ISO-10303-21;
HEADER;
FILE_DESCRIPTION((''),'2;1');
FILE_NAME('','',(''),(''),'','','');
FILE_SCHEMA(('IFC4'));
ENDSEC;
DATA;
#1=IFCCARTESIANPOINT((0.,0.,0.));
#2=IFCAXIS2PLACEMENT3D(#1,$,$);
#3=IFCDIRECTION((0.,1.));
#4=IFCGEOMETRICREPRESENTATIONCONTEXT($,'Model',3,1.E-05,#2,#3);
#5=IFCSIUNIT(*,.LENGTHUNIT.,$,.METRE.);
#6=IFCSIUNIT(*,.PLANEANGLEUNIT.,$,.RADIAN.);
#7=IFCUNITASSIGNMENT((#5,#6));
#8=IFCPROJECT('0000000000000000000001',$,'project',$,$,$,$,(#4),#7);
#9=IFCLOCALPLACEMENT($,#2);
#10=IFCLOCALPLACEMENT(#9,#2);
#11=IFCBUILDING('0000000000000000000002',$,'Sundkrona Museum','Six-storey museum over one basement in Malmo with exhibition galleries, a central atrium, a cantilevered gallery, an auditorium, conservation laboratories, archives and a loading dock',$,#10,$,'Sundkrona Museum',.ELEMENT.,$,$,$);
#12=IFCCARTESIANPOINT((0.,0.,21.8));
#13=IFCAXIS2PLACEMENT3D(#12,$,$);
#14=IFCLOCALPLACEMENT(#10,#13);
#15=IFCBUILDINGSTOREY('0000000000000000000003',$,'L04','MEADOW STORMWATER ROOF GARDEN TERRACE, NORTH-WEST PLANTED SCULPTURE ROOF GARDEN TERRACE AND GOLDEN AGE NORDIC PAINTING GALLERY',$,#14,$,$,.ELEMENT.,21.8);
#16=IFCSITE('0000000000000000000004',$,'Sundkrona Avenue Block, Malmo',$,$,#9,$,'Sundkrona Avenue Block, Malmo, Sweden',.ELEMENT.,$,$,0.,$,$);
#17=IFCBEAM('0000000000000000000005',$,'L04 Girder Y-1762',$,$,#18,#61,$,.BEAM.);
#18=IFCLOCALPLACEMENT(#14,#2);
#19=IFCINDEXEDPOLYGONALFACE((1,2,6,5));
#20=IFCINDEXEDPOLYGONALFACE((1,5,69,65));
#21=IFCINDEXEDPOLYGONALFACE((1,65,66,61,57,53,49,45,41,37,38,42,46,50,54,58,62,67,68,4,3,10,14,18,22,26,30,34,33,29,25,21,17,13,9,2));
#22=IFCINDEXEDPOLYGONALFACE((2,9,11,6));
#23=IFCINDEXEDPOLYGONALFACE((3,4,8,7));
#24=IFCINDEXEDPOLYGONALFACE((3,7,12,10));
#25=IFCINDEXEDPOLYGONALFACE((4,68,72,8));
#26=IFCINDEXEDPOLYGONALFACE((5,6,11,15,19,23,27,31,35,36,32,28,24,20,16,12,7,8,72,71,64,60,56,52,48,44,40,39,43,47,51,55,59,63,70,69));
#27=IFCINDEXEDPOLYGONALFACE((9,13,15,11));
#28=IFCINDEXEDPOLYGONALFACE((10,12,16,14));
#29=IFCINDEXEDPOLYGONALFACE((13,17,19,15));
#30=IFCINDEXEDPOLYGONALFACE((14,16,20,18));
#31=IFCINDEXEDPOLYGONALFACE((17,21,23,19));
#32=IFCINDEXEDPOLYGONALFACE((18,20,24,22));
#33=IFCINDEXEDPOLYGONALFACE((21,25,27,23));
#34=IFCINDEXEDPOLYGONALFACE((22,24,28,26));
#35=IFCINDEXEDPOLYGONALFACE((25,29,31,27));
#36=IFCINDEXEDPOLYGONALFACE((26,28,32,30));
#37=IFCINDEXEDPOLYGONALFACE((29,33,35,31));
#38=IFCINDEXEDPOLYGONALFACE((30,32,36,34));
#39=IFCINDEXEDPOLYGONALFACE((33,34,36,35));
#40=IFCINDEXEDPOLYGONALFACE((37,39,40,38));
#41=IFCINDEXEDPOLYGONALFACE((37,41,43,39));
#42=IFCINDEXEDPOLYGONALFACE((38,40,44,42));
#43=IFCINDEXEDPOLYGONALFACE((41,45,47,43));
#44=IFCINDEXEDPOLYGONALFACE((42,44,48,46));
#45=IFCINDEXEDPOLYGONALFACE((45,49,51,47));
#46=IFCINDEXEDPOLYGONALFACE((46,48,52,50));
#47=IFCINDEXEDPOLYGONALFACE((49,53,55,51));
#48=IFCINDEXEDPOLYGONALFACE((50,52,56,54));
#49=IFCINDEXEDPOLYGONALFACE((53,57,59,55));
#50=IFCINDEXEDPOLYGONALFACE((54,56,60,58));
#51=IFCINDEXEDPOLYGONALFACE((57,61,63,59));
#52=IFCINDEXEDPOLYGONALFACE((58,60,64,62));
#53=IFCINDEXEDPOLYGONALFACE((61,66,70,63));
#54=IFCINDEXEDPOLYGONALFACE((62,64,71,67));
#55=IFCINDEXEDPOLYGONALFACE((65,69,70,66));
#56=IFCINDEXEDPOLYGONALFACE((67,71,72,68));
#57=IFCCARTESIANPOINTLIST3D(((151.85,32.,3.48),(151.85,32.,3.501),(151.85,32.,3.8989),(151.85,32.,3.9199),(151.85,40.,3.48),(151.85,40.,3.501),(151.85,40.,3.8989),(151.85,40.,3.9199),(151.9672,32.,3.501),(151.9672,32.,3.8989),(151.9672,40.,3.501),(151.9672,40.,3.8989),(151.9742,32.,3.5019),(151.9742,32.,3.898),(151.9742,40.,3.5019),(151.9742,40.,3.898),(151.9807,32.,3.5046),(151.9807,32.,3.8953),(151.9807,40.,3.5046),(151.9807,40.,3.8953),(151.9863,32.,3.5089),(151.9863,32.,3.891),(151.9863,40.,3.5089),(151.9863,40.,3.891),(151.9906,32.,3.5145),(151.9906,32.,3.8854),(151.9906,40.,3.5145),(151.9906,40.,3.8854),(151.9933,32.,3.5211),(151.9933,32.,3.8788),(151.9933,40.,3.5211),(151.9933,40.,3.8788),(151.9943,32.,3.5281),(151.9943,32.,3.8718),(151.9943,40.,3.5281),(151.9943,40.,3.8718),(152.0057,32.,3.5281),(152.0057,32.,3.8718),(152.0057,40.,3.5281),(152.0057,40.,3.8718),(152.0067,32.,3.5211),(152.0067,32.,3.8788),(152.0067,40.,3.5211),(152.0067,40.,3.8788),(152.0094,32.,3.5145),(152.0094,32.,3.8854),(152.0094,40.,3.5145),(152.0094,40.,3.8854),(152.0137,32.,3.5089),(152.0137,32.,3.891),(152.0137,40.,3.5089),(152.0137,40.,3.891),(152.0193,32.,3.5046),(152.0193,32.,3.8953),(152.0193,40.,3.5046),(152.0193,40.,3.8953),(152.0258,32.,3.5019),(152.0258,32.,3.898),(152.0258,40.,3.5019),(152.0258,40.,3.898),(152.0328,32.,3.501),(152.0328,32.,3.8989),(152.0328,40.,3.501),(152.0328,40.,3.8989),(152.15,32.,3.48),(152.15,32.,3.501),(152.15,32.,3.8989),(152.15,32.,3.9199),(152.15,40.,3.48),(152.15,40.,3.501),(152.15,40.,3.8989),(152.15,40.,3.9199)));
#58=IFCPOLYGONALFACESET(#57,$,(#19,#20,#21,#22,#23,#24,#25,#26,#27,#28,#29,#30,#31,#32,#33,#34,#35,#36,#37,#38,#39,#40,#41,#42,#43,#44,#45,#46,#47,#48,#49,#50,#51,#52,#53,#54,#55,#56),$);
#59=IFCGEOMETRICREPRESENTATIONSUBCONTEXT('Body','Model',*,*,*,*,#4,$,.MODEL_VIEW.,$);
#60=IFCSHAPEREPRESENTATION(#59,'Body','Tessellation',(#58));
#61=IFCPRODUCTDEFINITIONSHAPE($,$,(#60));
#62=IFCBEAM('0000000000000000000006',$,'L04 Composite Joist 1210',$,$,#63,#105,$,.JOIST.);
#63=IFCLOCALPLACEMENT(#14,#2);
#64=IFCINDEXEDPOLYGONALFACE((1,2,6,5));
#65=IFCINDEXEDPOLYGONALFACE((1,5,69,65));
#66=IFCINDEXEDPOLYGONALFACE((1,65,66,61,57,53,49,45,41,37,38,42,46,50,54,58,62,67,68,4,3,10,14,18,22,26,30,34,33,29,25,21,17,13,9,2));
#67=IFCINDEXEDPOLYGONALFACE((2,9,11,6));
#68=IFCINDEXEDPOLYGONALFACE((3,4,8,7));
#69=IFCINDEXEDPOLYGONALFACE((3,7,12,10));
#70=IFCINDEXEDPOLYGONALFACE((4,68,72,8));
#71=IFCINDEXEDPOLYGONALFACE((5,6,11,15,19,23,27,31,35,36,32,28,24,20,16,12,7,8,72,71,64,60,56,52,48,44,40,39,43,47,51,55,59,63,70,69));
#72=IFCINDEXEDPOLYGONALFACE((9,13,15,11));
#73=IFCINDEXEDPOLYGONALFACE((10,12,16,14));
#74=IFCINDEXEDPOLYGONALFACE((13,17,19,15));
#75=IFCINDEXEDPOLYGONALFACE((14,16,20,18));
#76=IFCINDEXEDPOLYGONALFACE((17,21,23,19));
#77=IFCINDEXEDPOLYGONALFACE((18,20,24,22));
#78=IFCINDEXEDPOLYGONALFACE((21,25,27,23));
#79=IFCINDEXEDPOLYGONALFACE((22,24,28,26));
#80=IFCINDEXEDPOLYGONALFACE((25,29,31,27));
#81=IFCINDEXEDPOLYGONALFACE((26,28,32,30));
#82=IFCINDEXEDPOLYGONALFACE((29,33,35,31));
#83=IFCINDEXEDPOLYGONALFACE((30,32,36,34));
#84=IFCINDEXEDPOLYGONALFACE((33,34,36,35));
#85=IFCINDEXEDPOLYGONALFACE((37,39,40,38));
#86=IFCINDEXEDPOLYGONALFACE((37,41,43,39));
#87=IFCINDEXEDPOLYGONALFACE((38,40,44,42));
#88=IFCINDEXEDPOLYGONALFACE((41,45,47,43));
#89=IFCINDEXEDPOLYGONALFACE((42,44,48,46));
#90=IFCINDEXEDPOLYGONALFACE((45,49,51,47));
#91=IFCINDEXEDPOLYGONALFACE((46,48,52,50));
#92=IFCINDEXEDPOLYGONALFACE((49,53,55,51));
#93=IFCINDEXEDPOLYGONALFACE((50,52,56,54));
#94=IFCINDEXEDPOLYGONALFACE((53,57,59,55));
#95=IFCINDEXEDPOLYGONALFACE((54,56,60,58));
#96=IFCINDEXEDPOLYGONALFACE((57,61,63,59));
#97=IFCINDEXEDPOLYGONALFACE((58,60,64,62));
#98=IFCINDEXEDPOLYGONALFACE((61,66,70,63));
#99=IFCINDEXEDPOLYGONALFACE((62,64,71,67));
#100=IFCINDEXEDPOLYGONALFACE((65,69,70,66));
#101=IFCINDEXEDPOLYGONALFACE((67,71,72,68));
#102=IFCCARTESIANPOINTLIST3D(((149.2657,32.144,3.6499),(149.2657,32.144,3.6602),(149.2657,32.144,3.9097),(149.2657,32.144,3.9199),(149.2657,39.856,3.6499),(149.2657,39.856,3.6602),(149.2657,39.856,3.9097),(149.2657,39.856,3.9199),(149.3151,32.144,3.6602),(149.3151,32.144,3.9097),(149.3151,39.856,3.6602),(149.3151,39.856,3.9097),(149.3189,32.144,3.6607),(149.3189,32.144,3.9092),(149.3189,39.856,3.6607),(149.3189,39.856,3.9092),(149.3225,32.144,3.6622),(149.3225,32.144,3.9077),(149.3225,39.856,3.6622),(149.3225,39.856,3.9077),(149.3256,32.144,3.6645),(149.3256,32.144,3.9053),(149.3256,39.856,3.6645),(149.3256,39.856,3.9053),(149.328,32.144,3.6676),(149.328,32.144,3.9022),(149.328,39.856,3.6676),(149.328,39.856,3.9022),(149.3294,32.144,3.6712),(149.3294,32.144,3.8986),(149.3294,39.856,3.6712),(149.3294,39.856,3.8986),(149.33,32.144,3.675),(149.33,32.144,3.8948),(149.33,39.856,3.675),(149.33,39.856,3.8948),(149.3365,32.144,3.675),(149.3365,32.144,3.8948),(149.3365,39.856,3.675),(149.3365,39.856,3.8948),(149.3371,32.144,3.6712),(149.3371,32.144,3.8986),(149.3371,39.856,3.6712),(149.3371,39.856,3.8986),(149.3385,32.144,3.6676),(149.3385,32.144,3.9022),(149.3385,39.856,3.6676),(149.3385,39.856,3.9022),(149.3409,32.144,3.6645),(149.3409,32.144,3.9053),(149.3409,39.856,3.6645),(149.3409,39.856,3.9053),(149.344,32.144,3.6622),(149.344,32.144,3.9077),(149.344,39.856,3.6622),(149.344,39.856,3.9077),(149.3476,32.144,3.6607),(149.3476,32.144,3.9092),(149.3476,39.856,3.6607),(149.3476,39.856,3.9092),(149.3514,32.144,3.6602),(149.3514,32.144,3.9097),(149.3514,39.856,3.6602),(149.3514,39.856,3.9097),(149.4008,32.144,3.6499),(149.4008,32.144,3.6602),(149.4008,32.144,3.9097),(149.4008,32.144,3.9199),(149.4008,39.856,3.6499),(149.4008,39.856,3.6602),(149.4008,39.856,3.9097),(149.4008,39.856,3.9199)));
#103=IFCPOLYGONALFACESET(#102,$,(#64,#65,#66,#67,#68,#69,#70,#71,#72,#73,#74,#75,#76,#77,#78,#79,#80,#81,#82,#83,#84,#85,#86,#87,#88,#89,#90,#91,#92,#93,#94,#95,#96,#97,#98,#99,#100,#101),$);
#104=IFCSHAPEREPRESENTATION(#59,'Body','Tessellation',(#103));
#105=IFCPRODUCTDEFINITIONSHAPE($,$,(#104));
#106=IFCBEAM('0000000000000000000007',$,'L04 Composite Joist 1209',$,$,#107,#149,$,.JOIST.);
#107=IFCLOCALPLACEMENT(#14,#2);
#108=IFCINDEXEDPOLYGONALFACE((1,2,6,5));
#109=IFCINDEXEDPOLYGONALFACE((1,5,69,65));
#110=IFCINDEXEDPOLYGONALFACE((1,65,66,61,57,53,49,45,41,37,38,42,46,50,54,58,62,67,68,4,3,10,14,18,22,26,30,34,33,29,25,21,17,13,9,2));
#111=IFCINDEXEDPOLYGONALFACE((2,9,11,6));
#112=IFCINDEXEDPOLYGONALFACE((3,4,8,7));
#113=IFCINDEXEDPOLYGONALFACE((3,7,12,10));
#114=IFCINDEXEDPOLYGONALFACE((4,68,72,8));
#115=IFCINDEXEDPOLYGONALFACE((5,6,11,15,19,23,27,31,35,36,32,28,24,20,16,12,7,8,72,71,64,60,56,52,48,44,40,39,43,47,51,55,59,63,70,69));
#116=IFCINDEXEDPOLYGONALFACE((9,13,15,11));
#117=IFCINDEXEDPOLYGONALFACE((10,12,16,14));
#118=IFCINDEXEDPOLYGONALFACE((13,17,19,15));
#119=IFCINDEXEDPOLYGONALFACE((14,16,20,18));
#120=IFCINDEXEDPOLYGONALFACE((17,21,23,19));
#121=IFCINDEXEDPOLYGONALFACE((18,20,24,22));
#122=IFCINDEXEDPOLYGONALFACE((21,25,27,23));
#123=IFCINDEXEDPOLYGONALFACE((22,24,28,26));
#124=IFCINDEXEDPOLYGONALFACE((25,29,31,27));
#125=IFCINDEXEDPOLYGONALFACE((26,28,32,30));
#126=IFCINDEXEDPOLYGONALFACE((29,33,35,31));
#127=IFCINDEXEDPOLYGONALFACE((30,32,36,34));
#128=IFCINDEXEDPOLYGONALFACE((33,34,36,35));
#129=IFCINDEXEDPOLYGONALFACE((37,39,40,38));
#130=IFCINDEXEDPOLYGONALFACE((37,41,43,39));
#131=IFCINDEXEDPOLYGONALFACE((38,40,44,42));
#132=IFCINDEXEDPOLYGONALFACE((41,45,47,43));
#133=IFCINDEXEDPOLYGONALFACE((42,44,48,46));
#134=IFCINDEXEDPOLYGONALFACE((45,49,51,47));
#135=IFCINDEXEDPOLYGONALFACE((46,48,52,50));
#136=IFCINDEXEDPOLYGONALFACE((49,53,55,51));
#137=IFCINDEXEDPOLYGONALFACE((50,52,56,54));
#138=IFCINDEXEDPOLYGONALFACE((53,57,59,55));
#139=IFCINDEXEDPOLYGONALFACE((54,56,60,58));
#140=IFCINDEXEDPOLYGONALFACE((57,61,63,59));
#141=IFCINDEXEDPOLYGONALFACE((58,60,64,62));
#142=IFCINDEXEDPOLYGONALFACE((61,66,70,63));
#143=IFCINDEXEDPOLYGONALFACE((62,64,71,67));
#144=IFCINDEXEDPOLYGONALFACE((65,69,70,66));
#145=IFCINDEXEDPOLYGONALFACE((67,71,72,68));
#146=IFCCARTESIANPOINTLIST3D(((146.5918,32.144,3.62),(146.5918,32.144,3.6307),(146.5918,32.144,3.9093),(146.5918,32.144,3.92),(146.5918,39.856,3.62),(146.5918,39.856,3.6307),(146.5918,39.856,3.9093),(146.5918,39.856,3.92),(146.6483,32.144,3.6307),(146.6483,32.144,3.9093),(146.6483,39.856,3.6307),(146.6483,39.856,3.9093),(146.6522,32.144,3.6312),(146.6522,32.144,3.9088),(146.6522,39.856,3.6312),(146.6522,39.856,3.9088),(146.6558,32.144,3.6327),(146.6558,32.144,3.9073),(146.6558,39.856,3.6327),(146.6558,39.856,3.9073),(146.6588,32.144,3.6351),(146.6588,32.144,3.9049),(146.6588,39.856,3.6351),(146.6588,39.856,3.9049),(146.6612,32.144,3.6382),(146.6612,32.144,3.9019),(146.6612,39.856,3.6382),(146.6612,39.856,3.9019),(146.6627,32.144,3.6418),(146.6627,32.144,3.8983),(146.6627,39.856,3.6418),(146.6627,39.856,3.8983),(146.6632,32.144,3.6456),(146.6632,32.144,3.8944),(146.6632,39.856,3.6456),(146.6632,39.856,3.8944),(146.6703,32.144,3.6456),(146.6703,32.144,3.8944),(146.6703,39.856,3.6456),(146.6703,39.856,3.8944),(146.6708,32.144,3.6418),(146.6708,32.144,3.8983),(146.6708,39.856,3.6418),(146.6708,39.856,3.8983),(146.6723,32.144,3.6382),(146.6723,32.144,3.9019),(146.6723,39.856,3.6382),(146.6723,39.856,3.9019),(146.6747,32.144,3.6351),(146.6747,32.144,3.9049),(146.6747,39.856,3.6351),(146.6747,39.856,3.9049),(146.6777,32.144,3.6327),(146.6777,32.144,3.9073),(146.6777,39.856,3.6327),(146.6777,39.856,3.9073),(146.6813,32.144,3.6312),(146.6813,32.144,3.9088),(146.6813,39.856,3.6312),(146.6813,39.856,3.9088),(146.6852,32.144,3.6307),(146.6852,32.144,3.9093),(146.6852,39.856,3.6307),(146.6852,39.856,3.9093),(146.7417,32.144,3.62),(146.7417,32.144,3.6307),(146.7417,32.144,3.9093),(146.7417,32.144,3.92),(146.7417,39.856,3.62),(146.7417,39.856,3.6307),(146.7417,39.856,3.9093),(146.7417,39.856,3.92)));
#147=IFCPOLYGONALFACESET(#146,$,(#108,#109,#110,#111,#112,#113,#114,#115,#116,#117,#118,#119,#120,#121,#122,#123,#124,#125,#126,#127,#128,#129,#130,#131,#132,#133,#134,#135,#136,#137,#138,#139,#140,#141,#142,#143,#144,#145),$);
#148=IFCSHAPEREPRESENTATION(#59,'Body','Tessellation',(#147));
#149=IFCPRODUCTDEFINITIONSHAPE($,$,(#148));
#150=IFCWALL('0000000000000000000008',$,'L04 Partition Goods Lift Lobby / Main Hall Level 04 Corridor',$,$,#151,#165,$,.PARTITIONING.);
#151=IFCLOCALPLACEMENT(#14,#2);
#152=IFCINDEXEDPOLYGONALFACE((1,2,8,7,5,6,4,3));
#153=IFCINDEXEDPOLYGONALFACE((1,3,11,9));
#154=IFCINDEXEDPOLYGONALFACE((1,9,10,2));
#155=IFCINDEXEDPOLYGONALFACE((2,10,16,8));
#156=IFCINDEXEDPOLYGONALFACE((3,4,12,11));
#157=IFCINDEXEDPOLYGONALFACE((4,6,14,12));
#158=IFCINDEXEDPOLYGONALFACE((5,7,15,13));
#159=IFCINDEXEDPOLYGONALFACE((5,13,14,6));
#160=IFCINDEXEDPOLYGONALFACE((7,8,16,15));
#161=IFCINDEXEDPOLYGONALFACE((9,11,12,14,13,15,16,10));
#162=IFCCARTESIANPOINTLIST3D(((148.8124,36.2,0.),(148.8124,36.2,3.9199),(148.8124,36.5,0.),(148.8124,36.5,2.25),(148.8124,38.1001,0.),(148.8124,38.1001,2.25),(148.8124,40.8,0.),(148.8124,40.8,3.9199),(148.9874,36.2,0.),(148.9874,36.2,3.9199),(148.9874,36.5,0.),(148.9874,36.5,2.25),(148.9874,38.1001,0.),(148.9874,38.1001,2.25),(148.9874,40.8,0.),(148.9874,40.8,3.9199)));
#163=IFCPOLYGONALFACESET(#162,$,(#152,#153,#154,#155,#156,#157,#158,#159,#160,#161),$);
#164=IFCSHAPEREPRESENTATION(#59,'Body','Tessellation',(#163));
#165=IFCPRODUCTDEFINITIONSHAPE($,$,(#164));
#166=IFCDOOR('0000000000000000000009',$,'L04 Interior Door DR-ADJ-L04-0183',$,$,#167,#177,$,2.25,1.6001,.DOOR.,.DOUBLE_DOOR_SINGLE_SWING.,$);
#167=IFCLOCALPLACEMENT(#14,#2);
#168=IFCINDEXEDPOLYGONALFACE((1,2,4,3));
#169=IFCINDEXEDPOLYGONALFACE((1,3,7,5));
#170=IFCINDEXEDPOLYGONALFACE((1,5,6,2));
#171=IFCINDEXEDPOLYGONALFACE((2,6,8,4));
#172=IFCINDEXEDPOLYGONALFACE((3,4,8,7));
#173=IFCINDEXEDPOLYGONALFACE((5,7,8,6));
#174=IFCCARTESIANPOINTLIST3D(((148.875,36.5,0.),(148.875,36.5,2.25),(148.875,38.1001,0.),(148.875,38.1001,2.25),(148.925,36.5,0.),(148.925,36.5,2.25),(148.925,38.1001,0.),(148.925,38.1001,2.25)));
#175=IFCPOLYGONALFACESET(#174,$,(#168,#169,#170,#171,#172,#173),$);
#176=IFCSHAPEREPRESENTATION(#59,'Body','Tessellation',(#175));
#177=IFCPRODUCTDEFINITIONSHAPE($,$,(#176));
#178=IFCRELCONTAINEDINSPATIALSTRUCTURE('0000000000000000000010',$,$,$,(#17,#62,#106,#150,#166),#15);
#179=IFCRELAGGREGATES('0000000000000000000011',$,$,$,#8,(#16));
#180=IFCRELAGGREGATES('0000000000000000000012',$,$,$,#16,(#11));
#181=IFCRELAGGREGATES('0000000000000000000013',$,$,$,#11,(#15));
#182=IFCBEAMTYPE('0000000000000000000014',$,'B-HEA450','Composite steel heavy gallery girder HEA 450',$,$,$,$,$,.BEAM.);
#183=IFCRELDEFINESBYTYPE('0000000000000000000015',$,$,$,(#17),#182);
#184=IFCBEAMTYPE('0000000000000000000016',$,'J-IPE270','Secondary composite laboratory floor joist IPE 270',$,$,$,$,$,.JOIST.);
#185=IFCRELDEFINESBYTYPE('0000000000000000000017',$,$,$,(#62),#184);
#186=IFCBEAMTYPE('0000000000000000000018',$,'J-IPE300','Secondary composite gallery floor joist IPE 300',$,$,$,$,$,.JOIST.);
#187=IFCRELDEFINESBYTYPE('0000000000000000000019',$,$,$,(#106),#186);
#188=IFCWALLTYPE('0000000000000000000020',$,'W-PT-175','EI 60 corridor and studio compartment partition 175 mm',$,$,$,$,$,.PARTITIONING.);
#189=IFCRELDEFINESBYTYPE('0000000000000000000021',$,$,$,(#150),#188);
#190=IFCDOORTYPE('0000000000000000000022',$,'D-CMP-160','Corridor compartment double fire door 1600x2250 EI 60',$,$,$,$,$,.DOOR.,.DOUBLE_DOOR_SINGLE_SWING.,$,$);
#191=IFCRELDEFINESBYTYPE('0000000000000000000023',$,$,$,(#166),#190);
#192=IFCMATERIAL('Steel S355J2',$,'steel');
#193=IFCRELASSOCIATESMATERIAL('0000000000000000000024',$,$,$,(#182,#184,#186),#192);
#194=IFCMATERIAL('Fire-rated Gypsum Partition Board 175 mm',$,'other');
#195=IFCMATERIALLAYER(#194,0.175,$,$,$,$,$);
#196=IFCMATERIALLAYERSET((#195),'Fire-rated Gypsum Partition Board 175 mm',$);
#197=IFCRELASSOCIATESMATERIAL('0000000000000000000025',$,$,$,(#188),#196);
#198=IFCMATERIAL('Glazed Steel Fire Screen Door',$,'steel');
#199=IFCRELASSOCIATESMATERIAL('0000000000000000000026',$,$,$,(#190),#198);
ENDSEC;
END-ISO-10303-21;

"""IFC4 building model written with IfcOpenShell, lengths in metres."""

from ifc_helpers import new_model, si_unit, direction, frame, frame_2d, origin, origin_2d, place, context, subcontext, project, spatial, rectangle, i_section, extrude, material, layer, layer_set, material_profile, profile_set, type_object, element, fill, save


model = new_model("IFC4")

# Units and contexts
model_context = context("Model", 3, precision=1e-05, world=origin(), true_north=direction((0.0, 1.0)))
body_context = subcontext(model_context, "Body", "Model", "MODEL_VIEW")
ifc_project = project(units=[si_unit("LENGTHUNIT", "METRE"), si_unit("PLANEANGLEUNIT", "RADIAN")], contexts=[model_context])

# Site, building, storey
site_placement = place(None, origin())
site = spatial("IfcSite", under=ifc_project, at=site_placement, Name="Sundkrona Avenue Block, Malmo", LongName="Sundkrona Avenue Block, Malmo, Sweden", CompositionType="ELEMENT", RefElevation=0.0)
building_placement = place(site_placement, origin())
building = spatial("IfcBuilding", under=site, at=building_placement, Name="Sundkrona Museum", Description="Six-storey museum over one basement in Malmo with exhibition galleries, a central atrium, a cantilevered gallery, an auditorium, conservation laboratories, archives and a loading dock", LongName="Sundkrona Museum", CompositionType="ELEMENT")
storey_placement = place(building_placement, frame((0.0, 0.0, 21.8)))
storey = spatial("IfcBuildingStorey", under=building, at=storey_placement, Name="L04", Description="MEADOW STORMWATER ROOF GARDEN TERRACE, NORTH-WEST PLANTED SCULPTURE ROOF GARDEN TERRACE AND GOLDEN AGE NORDIC PAINTING GALLERY", CompositionType="ELEMENT", Elevation=21.8)

# Shared definitions
ifc_material_1 = material(Name="Steel S355J2", Category="steel")

# Beams
ifc_material_profile_1 = material_profile(ifc_material_1, i_section(OverallWidth=0.3, OverallDepth=0.4399, WebThickness=0.0115, FlangeThickness=0.021, FilletRadius=0.0271, at=origin_2d()), Name="HEA 450")
ifc_profile_set_1 = profile_set([ifc_material_profile_1], Name="Steel S355J2")
beam_type_1 = type_object("IfcBeamType", Name="B-HEA450", Description="Composite steel heavy gallery girder HEA 450", PredefinedType="BEAM", material=ifc_profile_set_1)
for number, where, z_axis, x_axis, name in (
    (1, (152.0, 32.0, 3.7), (0.0, 1.0, 0.0), (-1.0, 0.0, 0.0), "L04 Girder Y-1762"),
):
    element("IfcBeam", number, at=place(storey_placement, frame(where, z_axis=z_axis, x_axis=x_axis)), inside=storey, type_object=beam_type_1, Name=name, PredefinedType="BEAM", context=body_context, shape_type="SweptSolid", body=[
        extrude(i_section(OverallWidth=0.3, OverallDepth=0.4399, WebThickness=0.0115, FlangeThickness=0.021, FilletRadius=0.0271, at=origin_2d()), origin(), (0.0, 0.0, 1.0), 8.0),
    ])
ifc_material_profile_2 = material_profile(ifc_material_1, i_section(OverallWidth=0.135, OverallDepth=0.27, WebThickness=0.0066, FlangeThickness=0.0103, FilletRadius=0.0149, at=origin_2d()), Name="IPE 270")
ifc_profile_set_2 = profile_set([ifc_material_profile_2], Name="Steel S355J2")
beam_type_2 = type_object("IfcBeamType", Name="J-IPE270", Description="Secondary composite laboratory floor joist IPE 270", PredefinedType="JOIST", material=ifc_profile_set_2)
beam_1_placement = place(storey_placement, frame((149.3333, 32.144, 3.7849), z_axis=(0.0, 1.0, 0.0), x_axis=(-1.0, 0.0, 0.0)))
element("IfcBeam", 2, at=beam_1_placement, inside=storey, type_object=beam_type_2, Name="L04 Composite Joist 1210", PredefinedType="JOIST", context=body_context, shape_type="SweptSolid", body=[
    extrude(i_section(OverallWidth=0.135, OverallDepth=0.27, WebThickness=0.0066, FlangeThickness=0.0103, FilletRadius=0.0149, at=origin_2d()), origin(), (0.0, 0.0, 1.0), 7.7119),
])
ifc_material_profile_3 = material_profile(ifc_material_1, i_section(OverallWidth=0.1499, OverallDepth=0.3, WebThickness=0.0071, FlangeThickness=0.0107, FilletRadius=0.0149, at=origin_2d()), Name="IPE 300")
ifc_profile_set_3 = profile_set([ifc_material_profile_3], Name="Steel S355J2")
beam_type_3 = type_object("IfcBeamType", Name="J-IPE300", Description="Secondary composite gallery floor joist IPE 300", PredefinedType="JOIST", material=ifc_profile_set_3)
beam_2_placement = place(storey_placement, frame((146.6667, 32.144, 3.77), z_axis=(0.0, 1.0, 0.0), x_axis=(-1.0, 0.0, 0.0)))
element("IfcBeam", 3, at=beam_2_placement, inside=storey, type_object=beam_type_3, Name="L04 Composite Joist 1209", PredefinedType="JOIST", context=body_context, shape_type="SweptSolid", body=[
    extrude(i_section(OverallWidth=0.1499, OverallDepth=0.3, WebThickness=0.0071, FlangeThickness=0.0107, FilletRadius=0.0149, at=origin_2d()), origin(), (0.0, 0.0, 1.0), 7.7119),
])

# Wall, opening, door
ifc_material_2 = material(Name="Fire-rated Gypsum Partition Board 175 mm", Category="other")
ifc_layer_1 = layer(ifc_material_2, 0.175)
ifc_layer_set_1 = layer_set([ifc_layer_1], Name="Fire-rated Gypsum Partition Board 175 mm")
wall_type_1 = type_object("IfcWallType", Name="W-PT-175", Description="EI 60 corridor and studio compartment partition 175 mm", PredefinedType="PARTITIONING", material=ifc_layer_set_1)
wall_1_placement = place(storey_placement, frame((148.8999, 36.2, 0.0), z_axis=(0.0, 0.0, 1.0), x_axis=(0.0, 1.0, 0.0)))
wall_1 = element("IfcWall", 4, at=wall_1_placement, inside=storey, type_object=wall_type_1, Name="L04 Partition Goods Lift Lobby / Main Hall Level 04 Corridor", PredefinedType="PARTITIONING", context=body_context, shape_type="SweptSolid", body=[
    extrude(rectangle(XDim=4.6001, YDim=0.175, at=frame_2d((2.3, 0.0))), origin(), (0.0, 0.0, 1.0), 3.9199),
])
opening_1_placement = place(wall_1_placement, frame((0.3, 0.0, 0.0)))
opening_1 = element("IfcOpeningElement", 5, at=opening_1_placement, cuts=wall_1, PredefinedType="OPENING", context=body_context, shape_type="SweptSolid", body=[
    extrude(rectangle(XDim=1.6001, YDim=2.25, at=frame_2d((0.8, 1.125))), frame((0.0, 0.0974, 0.0), z_axis=(0.0, -1.0, 0.0), x_axis=(1.0, 0.0, 0.0)), (0.0, 0.0, 1.0), 0.1951),
])
ifc_material_3 = material(Name="Glazed Steel Fire Screen Door", Category="steel")
door_type_1 = type_object("IfcDoorType", Name="D-CMP-160", Description="Corridor compartment double fire door 1600x2250 EI 60", OperationType="DOUBLE_DOOR_SINGLE_SWING", PredefinedType="DOOR", material=ifc_material_3)
door_1_placement = place(opening_1_placement, origin())
door_1 = element("IfcDoor", 6, at=door_1_placement, inside=storey, type_object=door_type_1, Name="L04 Interior Door DR-ADJ-L04-0183", OperationType="DOUBLE_DOOR_SINGLE_SWING", OverallHeight=2.25, OverallWidth=1.6001, PredefinedType="DOOR", context=body_context, shape_type="SweptSolid", body=[
    extrude(rectangle(XDim=1.6001, YDim=2.25, at=frame_2d((0.8, 1.125))), frame((0.0, 0.0249, 0.0), z_axis=(0.0, -1.0, 0.0), x_axis=(1.0, 0.0, 0.0)), (0.0, 0.0, 1.0), 0.05),
])
fill(opening_1, door_1)

save(model, "model.ifc")
